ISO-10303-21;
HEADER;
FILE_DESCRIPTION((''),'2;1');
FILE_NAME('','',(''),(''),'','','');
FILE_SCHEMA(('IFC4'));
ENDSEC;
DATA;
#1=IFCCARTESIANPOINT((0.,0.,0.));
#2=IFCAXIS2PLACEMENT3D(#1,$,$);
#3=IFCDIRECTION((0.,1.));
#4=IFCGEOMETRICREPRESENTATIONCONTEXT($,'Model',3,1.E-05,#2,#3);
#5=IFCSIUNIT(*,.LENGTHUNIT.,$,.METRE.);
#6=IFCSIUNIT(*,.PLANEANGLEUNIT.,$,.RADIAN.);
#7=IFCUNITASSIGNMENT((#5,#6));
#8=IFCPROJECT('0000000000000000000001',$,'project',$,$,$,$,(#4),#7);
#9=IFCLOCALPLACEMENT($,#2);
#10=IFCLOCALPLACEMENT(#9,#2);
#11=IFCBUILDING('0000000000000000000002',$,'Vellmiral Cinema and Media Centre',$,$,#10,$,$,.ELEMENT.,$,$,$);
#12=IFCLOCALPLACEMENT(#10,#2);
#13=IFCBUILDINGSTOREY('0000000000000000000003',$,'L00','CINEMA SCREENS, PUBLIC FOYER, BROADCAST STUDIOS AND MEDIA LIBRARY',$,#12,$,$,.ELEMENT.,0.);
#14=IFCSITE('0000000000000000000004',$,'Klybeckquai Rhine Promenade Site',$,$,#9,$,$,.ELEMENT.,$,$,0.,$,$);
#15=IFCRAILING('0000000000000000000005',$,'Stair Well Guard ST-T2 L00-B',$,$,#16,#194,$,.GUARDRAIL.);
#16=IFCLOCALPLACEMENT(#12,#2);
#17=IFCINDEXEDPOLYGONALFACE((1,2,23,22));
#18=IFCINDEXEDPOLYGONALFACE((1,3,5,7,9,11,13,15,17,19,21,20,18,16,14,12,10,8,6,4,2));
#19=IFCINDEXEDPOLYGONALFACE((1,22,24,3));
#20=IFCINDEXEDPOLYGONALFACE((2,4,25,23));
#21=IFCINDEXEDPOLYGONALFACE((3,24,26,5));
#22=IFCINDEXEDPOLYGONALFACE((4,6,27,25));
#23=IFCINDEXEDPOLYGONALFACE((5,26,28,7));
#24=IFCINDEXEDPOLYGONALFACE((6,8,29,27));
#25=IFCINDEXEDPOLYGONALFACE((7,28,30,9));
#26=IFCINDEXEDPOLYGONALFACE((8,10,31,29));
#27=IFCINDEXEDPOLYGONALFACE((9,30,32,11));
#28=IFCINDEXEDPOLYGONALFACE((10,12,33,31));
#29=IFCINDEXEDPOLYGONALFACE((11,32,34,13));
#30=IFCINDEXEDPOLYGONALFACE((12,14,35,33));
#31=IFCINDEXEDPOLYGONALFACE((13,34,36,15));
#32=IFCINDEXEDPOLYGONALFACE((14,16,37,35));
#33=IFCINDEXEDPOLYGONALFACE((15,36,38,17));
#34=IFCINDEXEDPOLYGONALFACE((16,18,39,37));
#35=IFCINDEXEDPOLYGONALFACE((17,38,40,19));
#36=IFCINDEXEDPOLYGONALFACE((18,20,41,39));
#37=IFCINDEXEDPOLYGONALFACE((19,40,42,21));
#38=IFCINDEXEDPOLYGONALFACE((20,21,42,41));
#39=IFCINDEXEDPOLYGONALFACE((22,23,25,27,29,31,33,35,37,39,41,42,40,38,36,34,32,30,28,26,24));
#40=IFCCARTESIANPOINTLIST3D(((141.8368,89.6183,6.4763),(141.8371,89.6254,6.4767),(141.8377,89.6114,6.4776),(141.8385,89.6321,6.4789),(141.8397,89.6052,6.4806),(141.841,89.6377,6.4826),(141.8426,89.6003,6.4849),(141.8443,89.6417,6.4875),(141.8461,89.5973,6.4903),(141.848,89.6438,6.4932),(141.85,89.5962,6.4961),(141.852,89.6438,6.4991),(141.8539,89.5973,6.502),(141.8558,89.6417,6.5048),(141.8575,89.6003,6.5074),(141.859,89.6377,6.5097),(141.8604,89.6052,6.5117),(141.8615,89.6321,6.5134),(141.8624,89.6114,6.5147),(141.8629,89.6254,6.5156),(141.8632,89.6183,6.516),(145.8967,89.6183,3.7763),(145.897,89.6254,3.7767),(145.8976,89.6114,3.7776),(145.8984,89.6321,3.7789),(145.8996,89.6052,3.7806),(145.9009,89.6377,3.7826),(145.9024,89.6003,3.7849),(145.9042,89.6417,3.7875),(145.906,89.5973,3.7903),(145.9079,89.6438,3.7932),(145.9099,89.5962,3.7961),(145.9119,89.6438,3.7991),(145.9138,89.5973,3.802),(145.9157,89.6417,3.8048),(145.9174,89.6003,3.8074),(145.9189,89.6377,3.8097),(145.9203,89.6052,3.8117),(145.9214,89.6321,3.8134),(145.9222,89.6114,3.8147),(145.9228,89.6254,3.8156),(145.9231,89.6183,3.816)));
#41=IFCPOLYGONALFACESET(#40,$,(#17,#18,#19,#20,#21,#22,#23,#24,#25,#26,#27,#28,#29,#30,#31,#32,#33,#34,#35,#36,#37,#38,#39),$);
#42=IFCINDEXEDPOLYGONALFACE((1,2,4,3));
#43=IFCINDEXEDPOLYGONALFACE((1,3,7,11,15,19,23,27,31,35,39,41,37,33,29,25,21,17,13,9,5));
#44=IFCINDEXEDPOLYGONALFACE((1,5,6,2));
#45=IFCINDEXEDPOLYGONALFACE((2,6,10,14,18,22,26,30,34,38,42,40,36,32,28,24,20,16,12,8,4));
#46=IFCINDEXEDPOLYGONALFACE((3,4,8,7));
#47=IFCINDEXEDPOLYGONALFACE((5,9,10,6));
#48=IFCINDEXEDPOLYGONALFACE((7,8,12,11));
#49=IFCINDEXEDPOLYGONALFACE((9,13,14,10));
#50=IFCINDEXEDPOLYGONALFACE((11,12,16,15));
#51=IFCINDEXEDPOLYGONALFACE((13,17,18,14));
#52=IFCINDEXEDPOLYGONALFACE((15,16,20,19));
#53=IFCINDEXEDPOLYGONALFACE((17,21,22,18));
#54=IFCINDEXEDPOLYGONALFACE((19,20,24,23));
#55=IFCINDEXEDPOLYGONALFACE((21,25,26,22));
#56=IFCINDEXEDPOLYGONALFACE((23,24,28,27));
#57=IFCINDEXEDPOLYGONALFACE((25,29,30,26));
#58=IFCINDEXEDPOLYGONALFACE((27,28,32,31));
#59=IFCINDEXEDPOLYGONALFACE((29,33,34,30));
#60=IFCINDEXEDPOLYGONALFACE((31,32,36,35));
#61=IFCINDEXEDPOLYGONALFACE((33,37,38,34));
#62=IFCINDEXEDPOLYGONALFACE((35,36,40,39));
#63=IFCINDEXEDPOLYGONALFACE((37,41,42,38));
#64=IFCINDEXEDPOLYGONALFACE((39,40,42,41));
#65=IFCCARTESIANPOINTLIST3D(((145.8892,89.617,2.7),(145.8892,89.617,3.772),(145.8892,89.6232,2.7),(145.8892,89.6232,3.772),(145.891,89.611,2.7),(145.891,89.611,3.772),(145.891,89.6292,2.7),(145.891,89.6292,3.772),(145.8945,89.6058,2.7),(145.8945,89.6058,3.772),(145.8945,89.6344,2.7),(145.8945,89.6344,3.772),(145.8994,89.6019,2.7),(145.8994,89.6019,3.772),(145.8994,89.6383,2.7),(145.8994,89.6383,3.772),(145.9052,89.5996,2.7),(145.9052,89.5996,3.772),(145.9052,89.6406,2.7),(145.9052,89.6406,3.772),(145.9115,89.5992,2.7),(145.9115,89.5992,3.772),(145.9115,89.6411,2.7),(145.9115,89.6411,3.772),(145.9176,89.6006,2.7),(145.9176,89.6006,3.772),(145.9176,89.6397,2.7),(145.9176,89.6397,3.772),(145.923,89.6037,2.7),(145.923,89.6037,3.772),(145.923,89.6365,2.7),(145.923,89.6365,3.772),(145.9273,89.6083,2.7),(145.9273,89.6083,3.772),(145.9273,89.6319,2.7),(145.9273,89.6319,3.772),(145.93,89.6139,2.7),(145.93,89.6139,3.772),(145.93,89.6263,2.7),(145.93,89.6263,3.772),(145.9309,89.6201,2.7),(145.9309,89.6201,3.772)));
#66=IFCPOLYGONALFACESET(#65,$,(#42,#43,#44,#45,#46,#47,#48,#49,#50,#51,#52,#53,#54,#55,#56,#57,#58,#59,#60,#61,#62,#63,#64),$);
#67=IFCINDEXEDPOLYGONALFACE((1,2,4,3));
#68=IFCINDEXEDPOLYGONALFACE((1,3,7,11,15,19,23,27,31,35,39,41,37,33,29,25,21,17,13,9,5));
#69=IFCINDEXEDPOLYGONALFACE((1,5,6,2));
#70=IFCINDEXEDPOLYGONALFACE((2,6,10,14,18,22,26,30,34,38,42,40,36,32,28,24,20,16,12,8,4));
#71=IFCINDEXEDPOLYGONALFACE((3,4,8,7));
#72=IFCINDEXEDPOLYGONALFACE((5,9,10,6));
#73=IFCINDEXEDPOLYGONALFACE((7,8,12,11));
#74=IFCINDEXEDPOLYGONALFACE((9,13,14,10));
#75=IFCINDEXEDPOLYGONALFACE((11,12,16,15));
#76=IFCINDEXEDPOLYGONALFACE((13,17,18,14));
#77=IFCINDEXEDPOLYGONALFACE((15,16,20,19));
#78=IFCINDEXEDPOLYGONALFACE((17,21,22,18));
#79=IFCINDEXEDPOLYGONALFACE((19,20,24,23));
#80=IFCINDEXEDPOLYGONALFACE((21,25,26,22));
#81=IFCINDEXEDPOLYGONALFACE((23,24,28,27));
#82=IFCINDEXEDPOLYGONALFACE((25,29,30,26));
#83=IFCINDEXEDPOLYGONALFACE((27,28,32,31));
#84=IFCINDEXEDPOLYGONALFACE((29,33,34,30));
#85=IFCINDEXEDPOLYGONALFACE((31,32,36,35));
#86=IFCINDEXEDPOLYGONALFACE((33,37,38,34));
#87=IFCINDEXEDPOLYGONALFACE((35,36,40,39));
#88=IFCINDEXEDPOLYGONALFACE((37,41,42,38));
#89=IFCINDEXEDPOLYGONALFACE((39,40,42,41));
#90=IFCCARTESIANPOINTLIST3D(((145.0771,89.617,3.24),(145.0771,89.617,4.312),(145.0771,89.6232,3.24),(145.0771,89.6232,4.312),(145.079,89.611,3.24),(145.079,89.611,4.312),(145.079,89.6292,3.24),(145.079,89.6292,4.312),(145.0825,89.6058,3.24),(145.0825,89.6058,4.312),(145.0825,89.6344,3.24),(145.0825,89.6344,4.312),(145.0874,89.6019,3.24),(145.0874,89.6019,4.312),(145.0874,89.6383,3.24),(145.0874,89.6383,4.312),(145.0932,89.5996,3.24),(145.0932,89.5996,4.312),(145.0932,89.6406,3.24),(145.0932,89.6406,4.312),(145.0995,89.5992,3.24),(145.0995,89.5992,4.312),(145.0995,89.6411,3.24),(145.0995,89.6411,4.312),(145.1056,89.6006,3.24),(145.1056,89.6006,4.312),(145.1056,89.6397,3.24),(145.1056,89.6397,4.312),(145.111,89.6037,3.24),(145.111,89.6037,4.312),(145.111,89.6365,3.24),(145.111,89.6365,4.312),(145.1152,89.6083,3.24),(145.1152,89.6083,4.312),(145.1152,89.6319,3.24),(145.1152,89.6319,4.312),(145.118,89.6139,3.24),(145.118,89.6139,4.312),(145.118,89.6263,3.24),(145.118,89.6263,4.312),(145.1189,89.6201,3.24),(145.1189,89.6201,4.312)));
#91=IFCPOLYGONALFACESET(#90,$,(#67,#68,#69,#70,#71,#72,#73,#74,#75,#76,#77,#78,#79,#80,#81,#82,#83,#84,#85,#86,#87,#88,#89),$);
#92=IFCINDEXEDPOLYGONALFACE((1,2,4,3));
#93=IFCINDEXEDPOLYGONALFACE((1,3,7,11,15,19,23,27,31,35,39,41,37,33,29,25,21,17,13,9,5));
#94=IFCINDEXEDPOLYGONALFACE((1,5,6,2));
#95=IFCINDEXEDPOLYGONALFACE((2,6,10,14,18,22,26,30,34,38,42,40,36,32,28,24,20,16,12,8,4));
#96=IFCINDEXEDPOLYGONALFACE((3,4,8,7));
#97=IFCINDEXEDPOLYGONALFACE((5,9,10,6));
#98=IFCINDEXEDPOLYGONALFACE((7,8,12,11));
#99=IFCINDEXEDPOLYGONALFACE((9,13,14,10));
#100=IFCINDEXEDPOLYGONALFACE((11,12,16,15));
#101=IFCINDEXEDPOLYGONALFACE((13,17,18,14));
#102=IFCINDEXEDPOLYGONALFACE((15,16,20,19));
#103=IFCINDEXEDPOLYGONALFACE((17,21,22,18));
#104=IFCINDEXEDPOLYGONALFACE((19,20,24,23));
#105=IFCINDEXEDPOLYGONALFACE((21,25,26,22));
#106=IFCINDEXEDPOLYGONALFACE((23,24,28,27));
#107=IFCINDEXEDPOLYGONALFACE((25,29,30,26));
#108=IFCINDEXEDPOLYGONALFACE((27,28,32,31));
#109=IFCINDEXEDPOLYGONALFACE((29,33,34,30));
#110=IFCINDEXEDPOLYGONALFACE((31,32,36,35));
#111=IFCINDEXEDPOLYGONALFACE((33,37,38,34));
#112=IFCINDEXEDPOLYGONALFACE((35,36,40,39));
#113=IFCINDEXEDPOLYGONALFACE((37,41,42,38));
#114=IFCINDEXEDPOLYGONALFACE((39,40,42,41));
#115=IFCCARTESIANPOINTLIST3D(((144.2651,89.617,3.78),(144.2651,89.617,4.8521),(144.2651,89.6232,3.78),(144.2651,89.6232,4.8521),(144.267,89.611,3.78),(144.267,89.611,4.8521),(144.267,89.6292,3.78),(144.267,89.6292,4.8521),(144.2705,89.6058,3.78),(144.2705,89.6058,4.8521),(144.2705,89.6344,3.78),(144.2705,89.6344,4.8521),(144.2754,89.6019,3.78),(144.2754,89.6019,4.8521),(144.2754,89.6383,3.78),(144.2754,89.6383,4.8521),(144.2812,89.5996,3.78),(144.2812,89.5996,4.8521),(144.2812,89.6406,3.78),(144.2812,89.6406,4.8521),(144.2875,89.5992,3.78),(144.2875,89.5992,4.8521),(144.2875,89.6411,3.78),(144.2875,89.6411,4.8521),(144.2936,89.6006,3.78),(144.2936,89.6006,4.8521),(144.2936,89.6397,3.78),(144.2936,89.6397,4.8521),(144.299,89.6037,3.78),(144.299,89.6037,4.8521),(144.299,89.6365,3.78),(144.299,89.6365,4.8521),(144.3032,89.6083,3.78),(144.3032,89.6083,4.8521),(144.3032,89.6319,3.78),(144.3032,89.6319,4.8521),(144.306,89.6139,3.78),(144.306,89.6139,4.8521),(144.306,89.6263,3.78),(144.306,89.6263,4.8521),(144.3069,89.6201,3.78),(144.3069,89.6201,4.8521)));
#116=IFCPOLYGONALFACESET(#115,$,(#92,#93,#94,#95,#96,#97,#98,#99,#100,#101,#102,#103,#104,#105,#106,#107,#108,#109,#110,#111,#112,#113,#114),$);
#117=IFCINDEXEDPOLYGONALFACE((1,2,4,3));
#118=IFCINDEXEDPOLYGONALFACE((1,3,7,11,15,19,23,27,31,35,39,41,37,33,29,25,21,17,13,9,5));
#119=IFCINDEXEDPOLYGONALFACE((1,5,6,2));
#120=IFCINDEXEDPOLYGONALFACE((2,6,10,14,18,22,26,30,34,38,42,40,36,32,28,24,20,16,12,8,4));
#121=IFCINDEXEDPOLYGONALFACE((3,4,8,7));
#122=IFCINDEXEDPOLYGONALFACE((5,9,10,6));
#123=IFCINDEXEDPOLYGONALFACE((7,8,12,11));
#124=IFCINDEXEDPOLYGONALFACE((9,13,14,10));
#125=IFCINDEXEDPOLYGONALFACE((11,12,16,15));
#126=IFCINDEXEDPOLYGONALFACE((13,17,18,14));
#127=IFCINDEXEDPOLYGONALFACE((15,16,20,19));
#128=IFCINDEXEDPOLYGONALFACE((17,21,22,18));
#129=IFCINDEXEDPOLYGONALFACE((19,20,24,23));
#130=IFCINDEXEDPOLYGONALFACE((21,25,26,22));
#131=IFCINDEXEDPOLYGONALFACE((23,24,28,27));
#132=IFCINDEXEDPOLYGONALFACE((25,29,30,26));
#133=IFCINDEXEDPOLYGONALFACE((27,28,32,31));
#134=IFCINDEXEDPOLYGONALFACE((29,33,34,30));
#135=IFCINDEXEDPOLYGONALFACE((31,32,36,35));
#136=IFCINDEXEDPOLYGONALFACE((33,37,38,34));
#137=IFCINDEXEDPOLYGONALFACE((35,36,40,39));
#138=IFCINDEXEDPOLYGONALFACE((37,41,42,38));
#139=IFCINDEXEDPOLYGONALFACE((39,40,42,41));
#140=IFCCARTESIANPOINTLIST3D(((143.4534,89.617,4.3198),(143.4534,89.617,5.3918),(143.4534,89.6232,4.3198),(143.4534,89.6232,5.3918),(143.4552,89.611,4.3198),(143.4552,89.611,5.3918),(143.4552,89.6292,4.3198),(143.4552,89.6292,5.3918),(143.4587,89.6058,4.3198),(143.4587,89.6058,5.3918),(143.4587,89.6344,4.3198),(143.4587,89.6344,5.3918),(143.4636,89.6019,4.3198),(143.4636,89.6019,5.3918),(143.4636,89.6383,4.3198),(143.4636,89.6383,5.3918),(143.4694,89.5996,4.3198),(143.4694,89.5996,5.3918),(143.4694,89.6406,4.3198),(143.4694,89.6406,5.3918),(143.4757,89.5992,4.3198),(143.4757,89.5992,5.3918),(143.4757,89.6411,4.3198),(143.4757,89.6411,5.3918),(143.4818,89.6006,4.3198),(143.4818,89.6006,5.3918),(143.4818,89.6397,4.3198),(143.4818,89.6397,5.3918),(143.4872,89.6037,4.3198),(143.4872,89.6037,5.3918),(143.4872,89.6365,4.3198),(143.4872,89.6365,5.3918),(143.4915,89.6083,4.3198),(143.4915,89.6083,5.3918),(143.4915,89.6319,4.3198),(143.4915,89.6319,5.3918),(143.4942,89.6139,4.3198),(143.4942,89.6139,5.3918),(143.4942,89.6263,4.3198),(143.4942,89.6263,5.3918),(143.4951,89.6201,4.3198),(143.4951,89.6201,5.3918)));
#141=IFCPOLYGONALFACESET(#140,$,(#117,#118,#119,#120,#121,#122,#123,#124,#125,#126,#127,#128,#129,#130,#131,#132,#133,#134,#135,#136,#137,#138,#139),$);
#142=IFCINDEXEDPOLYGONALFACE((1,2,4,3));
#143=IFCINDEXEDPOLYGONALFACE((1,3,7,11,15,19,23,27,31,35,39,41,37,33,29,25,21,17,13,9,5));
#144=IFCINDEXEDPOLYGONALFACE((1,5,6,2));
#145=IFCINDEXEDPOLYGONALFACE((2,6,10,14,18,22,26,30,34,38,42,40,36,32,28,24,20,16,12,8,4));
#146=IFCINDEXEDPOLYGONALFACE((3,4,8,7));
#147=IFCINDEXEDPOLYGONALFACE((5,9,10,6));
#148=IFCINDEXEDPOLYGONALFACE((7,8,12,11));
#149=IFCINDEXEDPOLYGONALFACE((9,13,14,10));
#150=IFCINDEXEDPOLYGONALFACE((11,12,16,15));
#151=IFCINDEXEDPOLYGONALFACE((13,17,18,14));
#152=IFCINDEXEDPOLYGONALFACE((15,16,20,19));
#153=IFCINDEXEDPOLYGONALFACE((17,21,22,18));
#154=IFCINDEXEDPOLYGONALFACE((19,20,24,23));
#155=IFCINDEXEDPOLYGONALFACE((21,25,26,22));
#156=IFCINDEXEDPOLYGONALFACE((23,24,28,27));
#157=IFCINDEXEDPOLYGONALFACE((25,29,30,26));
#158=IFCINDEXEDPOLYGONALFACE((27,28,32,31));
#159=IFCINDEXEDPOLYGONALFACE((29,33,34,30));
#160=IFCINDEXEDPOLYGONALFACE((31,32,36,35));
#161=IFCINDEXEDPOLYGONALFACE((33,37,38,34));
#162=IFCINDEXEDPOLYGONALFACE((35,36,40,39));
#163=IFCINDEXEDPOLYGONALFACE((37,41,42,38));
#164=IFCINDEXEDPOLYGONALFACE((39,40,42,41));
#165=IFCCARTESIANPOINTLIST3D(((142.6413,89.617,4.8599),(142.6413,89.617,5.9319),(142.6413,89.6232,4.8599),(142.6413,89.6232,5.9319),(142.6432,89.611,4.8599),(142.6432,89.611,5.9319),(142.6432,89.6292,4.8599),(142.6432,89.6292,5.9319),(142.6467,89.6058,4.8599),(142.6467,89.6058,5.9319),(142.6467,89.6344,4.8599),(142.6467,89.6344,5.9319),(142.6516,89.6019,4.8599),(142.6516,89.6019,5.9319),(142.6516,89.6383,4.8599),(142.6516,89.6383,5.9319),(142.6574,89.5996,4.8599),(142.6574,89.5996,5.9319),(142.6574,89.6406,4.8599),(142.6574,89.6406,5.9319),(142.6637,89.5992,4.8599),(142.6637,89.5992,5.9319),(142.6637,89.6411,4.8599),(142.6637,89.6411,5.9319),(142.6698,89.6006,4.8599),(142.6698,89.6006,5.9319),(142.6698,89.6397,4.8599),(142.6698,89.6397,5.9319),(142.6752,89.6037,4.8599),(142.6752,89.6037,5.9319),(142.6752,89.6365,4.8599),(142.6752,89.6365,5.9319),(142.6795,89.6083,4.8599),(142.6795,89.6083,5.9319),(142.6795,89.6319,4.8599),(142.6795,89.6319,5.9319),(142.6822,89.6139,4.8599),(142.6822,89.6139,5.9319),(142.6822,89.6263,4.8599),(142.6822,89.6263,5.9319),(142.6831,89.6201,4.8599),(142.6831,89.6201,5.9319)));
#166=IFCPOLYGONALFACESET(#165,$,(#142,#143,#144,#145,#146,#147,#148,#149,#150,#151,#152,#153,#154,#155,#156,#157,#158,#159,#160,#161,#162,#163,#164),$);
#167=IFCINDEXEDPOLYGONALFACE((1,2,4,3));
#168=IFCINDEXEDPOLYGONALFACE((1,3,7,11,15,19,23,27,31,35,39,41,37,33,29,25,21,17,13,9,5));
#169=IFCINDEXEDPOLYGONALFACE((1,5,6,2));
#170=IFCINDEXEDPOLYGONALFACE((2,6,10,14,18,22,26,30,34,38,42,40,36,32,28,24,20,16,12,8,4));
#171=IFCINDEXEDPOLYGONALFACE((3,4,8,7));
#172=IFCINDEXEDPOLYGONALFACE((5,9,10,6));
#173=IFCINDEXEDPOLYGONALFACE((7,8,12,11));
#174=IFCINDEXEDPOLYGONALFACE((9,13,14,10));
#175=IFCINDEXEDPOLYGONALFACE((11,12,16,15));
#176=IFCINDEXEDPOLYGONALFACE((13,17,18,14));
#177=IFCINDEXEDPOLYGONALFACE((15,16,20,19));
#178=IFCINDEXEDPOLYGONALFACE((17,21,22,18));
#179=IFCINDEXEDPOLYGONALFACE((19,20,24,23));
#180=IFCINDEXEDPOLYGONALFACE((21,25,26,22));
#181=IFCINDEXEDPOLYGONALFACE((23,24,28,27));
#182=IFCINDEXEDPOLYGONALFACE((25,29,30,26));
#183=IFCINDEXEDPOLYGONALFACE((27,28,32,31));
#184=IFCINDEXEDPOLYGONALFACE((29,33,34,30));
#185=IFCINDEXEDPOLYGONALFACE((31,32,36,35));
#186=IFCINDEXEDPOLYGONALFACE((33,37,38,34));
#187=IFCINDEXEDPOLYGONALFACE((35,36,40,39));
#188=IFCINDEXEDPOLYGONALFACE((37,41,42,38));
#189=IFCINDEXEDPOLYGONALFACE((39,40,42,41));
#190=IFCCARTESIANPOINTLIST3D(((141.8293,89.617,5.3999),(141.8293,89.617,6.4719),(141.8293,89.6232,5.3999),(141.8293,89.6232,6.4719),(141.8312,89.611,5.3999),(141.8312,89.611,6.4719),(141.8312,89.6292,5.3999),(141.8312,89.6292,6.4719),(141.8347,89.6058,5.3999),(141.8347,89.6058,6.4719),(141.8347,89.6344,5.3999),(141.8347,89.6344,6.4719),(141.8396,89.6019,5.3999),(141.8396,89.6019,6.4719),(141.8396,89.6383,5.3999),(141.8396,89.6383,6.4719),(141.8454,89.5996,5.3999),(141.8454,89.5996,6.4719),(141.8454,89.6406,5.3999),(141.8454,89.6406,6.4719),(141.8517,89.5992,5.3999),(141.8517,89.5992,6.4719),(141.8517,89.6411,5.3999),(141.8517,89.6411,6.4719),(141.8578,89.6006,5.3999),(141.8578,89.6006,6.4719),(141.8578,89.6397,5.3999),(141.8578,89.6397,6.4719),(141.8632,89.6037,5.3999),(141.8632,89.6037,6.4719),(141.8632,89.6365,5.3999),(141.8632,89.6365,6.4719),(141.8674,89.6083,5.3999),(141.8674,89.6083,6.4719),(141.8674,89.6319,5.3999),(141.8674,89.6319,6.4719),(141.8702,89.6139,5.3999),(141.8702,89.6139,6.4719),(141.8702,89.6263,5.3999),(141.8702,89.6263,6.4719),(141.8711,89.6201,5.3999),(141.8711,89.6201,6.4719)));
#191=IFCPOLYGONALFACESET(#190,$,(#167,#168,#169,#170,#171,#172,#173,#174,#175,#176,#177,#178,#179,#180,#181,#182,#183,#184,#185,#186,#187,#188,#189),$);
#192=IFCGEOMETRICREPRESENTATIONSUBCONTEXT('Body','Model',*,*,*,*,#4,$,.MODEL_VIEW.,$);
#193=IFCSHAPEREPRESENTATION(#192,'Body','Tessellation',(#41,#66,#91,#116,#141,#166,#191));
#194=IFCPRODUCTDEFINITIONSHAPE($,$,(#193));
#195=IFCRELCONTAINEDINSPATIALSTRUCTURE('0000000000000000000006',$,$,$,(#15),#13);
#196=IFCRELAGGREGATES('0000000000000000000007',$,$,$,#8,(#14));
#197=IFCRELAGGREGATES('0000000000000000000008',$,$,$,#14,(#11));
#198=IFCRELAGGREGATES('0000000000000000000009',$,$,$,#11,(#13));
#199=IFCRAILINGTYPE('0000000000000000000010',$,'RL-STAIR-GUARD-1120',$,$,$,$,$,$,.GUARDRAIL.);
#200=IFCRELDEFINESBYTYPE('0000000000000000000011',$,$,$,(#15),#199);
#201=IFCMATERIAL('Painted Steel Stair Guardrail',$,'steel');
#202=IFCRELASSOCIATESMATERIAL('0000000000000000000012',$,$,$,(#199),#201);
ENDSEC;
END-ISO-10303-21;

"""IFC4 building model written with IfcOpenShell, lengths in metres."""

from ifc_helpers import new_model, si_unit, direction, frame, origin, origin_2d, place, context, subcontext, project, spatial, circle, extrude, material, type_object, element, save


model = new_model("IFC4")

# Units and contexts
model_context = context("Model", 3, precision=1e-05, world=origin(), true_north=direction((0.0, 1.0)))
body_context = subcontext(model_context, "Body", "Model", "MODEL_VIEW")
ifc_project = project(units=[si_unit("LENGTHUNIT", "METRE"), si_unit("PLANEANGLEUNIT", "RADIAN")], contexts=[model_context])

# Site, building, storey
site_placement = place(None, origin())
site = spatial("IfcSite", under=ifc_project, at=site_placement, Name="Klybeckquai Rhine Promenade Site", CompositionType="ELEMENT", RefElevation=0.0)
building_placement = place(site_placement, origin())
building = spatial("IfcBuilding", under=site, at=building_placement, Name="Vellmiral Cinema and Media Centre", CompositionType="ELEMENT")
storey_placement = place(building_placement, origin())
storey = spatial("IfcBuildingStorey", under=building, at=storey_placement, Name="L00", Description="CINEMA SCREENS, PUBLIC FOYER, BROADCAST STUDIOS AND MEDIA LIBRARY", CompositionType="ELEMENT", Elevation=0.0)

# Railing
ifc_material_1 = material(Name="Painted Steel Stair Guardrail", Category="steel")
railing_type_1 = type_object("IfcRailingType", Name="RL-STAIR-GUARD-1120", PredefinedType="GUARDRAIL", material=ifc_material_1)
railing_1_placement = place(storey_placement, frame((145.9099, 89.6201, 2.7)))
element("IfcRailing", 1, at=railing_1_placement, inside=storey, type_object=railing_type_1, Name="Stair Well Guard ST-T2 L00-B", PredefinedType="GUARDRAIL", context=body_context, shape_type="SweptSolid", body=[
    extrude(circle(Radius=0.0239, at=origin_2d()), frame((0.0, 0.0, 1.0962), z_axis=(-0.832674, 0.0, 0.553764), x_axis=(0.0, -1.0, 0.0)), (0.0, 0.0, 1.0), 4.8757),
    extrude(circle(Radius=0.021, at=origin_2d()), origin(), (0.0, 0.0, 1.0), 1.072),
    extrude(circle(Radius=0.021, at=origin_2d()), frame((-0.812, 0.0, 0.54)), (0.0, 0.0, 1.0), 1.072),
    extrude(circle(Radius=0.021, at=origin_2d()), frame((-1.624, 0.0, 1.0801)), (0.0, 0.0, 1.0), 1.072),
    extrude(circle(Radius=0.021, at=origin_2d()), frame((-2.4358, 0.0, 1.6199)), (0.0, 0.0, 1.0), 1.072),
    extrude(circle(Radius=0.021, at=origin_2d()), frame((-3.2478, 0.0, 2.1599)), (0.0, 0.0, 1.0), 1.072),
    extrude(circle(Radius=0.021, at=origin_2d()), frame((-4.0598, 0.0, 2.7)), (0.0, 0.0, 1.0), 1.072),
])

save(model, "model.ifc")
